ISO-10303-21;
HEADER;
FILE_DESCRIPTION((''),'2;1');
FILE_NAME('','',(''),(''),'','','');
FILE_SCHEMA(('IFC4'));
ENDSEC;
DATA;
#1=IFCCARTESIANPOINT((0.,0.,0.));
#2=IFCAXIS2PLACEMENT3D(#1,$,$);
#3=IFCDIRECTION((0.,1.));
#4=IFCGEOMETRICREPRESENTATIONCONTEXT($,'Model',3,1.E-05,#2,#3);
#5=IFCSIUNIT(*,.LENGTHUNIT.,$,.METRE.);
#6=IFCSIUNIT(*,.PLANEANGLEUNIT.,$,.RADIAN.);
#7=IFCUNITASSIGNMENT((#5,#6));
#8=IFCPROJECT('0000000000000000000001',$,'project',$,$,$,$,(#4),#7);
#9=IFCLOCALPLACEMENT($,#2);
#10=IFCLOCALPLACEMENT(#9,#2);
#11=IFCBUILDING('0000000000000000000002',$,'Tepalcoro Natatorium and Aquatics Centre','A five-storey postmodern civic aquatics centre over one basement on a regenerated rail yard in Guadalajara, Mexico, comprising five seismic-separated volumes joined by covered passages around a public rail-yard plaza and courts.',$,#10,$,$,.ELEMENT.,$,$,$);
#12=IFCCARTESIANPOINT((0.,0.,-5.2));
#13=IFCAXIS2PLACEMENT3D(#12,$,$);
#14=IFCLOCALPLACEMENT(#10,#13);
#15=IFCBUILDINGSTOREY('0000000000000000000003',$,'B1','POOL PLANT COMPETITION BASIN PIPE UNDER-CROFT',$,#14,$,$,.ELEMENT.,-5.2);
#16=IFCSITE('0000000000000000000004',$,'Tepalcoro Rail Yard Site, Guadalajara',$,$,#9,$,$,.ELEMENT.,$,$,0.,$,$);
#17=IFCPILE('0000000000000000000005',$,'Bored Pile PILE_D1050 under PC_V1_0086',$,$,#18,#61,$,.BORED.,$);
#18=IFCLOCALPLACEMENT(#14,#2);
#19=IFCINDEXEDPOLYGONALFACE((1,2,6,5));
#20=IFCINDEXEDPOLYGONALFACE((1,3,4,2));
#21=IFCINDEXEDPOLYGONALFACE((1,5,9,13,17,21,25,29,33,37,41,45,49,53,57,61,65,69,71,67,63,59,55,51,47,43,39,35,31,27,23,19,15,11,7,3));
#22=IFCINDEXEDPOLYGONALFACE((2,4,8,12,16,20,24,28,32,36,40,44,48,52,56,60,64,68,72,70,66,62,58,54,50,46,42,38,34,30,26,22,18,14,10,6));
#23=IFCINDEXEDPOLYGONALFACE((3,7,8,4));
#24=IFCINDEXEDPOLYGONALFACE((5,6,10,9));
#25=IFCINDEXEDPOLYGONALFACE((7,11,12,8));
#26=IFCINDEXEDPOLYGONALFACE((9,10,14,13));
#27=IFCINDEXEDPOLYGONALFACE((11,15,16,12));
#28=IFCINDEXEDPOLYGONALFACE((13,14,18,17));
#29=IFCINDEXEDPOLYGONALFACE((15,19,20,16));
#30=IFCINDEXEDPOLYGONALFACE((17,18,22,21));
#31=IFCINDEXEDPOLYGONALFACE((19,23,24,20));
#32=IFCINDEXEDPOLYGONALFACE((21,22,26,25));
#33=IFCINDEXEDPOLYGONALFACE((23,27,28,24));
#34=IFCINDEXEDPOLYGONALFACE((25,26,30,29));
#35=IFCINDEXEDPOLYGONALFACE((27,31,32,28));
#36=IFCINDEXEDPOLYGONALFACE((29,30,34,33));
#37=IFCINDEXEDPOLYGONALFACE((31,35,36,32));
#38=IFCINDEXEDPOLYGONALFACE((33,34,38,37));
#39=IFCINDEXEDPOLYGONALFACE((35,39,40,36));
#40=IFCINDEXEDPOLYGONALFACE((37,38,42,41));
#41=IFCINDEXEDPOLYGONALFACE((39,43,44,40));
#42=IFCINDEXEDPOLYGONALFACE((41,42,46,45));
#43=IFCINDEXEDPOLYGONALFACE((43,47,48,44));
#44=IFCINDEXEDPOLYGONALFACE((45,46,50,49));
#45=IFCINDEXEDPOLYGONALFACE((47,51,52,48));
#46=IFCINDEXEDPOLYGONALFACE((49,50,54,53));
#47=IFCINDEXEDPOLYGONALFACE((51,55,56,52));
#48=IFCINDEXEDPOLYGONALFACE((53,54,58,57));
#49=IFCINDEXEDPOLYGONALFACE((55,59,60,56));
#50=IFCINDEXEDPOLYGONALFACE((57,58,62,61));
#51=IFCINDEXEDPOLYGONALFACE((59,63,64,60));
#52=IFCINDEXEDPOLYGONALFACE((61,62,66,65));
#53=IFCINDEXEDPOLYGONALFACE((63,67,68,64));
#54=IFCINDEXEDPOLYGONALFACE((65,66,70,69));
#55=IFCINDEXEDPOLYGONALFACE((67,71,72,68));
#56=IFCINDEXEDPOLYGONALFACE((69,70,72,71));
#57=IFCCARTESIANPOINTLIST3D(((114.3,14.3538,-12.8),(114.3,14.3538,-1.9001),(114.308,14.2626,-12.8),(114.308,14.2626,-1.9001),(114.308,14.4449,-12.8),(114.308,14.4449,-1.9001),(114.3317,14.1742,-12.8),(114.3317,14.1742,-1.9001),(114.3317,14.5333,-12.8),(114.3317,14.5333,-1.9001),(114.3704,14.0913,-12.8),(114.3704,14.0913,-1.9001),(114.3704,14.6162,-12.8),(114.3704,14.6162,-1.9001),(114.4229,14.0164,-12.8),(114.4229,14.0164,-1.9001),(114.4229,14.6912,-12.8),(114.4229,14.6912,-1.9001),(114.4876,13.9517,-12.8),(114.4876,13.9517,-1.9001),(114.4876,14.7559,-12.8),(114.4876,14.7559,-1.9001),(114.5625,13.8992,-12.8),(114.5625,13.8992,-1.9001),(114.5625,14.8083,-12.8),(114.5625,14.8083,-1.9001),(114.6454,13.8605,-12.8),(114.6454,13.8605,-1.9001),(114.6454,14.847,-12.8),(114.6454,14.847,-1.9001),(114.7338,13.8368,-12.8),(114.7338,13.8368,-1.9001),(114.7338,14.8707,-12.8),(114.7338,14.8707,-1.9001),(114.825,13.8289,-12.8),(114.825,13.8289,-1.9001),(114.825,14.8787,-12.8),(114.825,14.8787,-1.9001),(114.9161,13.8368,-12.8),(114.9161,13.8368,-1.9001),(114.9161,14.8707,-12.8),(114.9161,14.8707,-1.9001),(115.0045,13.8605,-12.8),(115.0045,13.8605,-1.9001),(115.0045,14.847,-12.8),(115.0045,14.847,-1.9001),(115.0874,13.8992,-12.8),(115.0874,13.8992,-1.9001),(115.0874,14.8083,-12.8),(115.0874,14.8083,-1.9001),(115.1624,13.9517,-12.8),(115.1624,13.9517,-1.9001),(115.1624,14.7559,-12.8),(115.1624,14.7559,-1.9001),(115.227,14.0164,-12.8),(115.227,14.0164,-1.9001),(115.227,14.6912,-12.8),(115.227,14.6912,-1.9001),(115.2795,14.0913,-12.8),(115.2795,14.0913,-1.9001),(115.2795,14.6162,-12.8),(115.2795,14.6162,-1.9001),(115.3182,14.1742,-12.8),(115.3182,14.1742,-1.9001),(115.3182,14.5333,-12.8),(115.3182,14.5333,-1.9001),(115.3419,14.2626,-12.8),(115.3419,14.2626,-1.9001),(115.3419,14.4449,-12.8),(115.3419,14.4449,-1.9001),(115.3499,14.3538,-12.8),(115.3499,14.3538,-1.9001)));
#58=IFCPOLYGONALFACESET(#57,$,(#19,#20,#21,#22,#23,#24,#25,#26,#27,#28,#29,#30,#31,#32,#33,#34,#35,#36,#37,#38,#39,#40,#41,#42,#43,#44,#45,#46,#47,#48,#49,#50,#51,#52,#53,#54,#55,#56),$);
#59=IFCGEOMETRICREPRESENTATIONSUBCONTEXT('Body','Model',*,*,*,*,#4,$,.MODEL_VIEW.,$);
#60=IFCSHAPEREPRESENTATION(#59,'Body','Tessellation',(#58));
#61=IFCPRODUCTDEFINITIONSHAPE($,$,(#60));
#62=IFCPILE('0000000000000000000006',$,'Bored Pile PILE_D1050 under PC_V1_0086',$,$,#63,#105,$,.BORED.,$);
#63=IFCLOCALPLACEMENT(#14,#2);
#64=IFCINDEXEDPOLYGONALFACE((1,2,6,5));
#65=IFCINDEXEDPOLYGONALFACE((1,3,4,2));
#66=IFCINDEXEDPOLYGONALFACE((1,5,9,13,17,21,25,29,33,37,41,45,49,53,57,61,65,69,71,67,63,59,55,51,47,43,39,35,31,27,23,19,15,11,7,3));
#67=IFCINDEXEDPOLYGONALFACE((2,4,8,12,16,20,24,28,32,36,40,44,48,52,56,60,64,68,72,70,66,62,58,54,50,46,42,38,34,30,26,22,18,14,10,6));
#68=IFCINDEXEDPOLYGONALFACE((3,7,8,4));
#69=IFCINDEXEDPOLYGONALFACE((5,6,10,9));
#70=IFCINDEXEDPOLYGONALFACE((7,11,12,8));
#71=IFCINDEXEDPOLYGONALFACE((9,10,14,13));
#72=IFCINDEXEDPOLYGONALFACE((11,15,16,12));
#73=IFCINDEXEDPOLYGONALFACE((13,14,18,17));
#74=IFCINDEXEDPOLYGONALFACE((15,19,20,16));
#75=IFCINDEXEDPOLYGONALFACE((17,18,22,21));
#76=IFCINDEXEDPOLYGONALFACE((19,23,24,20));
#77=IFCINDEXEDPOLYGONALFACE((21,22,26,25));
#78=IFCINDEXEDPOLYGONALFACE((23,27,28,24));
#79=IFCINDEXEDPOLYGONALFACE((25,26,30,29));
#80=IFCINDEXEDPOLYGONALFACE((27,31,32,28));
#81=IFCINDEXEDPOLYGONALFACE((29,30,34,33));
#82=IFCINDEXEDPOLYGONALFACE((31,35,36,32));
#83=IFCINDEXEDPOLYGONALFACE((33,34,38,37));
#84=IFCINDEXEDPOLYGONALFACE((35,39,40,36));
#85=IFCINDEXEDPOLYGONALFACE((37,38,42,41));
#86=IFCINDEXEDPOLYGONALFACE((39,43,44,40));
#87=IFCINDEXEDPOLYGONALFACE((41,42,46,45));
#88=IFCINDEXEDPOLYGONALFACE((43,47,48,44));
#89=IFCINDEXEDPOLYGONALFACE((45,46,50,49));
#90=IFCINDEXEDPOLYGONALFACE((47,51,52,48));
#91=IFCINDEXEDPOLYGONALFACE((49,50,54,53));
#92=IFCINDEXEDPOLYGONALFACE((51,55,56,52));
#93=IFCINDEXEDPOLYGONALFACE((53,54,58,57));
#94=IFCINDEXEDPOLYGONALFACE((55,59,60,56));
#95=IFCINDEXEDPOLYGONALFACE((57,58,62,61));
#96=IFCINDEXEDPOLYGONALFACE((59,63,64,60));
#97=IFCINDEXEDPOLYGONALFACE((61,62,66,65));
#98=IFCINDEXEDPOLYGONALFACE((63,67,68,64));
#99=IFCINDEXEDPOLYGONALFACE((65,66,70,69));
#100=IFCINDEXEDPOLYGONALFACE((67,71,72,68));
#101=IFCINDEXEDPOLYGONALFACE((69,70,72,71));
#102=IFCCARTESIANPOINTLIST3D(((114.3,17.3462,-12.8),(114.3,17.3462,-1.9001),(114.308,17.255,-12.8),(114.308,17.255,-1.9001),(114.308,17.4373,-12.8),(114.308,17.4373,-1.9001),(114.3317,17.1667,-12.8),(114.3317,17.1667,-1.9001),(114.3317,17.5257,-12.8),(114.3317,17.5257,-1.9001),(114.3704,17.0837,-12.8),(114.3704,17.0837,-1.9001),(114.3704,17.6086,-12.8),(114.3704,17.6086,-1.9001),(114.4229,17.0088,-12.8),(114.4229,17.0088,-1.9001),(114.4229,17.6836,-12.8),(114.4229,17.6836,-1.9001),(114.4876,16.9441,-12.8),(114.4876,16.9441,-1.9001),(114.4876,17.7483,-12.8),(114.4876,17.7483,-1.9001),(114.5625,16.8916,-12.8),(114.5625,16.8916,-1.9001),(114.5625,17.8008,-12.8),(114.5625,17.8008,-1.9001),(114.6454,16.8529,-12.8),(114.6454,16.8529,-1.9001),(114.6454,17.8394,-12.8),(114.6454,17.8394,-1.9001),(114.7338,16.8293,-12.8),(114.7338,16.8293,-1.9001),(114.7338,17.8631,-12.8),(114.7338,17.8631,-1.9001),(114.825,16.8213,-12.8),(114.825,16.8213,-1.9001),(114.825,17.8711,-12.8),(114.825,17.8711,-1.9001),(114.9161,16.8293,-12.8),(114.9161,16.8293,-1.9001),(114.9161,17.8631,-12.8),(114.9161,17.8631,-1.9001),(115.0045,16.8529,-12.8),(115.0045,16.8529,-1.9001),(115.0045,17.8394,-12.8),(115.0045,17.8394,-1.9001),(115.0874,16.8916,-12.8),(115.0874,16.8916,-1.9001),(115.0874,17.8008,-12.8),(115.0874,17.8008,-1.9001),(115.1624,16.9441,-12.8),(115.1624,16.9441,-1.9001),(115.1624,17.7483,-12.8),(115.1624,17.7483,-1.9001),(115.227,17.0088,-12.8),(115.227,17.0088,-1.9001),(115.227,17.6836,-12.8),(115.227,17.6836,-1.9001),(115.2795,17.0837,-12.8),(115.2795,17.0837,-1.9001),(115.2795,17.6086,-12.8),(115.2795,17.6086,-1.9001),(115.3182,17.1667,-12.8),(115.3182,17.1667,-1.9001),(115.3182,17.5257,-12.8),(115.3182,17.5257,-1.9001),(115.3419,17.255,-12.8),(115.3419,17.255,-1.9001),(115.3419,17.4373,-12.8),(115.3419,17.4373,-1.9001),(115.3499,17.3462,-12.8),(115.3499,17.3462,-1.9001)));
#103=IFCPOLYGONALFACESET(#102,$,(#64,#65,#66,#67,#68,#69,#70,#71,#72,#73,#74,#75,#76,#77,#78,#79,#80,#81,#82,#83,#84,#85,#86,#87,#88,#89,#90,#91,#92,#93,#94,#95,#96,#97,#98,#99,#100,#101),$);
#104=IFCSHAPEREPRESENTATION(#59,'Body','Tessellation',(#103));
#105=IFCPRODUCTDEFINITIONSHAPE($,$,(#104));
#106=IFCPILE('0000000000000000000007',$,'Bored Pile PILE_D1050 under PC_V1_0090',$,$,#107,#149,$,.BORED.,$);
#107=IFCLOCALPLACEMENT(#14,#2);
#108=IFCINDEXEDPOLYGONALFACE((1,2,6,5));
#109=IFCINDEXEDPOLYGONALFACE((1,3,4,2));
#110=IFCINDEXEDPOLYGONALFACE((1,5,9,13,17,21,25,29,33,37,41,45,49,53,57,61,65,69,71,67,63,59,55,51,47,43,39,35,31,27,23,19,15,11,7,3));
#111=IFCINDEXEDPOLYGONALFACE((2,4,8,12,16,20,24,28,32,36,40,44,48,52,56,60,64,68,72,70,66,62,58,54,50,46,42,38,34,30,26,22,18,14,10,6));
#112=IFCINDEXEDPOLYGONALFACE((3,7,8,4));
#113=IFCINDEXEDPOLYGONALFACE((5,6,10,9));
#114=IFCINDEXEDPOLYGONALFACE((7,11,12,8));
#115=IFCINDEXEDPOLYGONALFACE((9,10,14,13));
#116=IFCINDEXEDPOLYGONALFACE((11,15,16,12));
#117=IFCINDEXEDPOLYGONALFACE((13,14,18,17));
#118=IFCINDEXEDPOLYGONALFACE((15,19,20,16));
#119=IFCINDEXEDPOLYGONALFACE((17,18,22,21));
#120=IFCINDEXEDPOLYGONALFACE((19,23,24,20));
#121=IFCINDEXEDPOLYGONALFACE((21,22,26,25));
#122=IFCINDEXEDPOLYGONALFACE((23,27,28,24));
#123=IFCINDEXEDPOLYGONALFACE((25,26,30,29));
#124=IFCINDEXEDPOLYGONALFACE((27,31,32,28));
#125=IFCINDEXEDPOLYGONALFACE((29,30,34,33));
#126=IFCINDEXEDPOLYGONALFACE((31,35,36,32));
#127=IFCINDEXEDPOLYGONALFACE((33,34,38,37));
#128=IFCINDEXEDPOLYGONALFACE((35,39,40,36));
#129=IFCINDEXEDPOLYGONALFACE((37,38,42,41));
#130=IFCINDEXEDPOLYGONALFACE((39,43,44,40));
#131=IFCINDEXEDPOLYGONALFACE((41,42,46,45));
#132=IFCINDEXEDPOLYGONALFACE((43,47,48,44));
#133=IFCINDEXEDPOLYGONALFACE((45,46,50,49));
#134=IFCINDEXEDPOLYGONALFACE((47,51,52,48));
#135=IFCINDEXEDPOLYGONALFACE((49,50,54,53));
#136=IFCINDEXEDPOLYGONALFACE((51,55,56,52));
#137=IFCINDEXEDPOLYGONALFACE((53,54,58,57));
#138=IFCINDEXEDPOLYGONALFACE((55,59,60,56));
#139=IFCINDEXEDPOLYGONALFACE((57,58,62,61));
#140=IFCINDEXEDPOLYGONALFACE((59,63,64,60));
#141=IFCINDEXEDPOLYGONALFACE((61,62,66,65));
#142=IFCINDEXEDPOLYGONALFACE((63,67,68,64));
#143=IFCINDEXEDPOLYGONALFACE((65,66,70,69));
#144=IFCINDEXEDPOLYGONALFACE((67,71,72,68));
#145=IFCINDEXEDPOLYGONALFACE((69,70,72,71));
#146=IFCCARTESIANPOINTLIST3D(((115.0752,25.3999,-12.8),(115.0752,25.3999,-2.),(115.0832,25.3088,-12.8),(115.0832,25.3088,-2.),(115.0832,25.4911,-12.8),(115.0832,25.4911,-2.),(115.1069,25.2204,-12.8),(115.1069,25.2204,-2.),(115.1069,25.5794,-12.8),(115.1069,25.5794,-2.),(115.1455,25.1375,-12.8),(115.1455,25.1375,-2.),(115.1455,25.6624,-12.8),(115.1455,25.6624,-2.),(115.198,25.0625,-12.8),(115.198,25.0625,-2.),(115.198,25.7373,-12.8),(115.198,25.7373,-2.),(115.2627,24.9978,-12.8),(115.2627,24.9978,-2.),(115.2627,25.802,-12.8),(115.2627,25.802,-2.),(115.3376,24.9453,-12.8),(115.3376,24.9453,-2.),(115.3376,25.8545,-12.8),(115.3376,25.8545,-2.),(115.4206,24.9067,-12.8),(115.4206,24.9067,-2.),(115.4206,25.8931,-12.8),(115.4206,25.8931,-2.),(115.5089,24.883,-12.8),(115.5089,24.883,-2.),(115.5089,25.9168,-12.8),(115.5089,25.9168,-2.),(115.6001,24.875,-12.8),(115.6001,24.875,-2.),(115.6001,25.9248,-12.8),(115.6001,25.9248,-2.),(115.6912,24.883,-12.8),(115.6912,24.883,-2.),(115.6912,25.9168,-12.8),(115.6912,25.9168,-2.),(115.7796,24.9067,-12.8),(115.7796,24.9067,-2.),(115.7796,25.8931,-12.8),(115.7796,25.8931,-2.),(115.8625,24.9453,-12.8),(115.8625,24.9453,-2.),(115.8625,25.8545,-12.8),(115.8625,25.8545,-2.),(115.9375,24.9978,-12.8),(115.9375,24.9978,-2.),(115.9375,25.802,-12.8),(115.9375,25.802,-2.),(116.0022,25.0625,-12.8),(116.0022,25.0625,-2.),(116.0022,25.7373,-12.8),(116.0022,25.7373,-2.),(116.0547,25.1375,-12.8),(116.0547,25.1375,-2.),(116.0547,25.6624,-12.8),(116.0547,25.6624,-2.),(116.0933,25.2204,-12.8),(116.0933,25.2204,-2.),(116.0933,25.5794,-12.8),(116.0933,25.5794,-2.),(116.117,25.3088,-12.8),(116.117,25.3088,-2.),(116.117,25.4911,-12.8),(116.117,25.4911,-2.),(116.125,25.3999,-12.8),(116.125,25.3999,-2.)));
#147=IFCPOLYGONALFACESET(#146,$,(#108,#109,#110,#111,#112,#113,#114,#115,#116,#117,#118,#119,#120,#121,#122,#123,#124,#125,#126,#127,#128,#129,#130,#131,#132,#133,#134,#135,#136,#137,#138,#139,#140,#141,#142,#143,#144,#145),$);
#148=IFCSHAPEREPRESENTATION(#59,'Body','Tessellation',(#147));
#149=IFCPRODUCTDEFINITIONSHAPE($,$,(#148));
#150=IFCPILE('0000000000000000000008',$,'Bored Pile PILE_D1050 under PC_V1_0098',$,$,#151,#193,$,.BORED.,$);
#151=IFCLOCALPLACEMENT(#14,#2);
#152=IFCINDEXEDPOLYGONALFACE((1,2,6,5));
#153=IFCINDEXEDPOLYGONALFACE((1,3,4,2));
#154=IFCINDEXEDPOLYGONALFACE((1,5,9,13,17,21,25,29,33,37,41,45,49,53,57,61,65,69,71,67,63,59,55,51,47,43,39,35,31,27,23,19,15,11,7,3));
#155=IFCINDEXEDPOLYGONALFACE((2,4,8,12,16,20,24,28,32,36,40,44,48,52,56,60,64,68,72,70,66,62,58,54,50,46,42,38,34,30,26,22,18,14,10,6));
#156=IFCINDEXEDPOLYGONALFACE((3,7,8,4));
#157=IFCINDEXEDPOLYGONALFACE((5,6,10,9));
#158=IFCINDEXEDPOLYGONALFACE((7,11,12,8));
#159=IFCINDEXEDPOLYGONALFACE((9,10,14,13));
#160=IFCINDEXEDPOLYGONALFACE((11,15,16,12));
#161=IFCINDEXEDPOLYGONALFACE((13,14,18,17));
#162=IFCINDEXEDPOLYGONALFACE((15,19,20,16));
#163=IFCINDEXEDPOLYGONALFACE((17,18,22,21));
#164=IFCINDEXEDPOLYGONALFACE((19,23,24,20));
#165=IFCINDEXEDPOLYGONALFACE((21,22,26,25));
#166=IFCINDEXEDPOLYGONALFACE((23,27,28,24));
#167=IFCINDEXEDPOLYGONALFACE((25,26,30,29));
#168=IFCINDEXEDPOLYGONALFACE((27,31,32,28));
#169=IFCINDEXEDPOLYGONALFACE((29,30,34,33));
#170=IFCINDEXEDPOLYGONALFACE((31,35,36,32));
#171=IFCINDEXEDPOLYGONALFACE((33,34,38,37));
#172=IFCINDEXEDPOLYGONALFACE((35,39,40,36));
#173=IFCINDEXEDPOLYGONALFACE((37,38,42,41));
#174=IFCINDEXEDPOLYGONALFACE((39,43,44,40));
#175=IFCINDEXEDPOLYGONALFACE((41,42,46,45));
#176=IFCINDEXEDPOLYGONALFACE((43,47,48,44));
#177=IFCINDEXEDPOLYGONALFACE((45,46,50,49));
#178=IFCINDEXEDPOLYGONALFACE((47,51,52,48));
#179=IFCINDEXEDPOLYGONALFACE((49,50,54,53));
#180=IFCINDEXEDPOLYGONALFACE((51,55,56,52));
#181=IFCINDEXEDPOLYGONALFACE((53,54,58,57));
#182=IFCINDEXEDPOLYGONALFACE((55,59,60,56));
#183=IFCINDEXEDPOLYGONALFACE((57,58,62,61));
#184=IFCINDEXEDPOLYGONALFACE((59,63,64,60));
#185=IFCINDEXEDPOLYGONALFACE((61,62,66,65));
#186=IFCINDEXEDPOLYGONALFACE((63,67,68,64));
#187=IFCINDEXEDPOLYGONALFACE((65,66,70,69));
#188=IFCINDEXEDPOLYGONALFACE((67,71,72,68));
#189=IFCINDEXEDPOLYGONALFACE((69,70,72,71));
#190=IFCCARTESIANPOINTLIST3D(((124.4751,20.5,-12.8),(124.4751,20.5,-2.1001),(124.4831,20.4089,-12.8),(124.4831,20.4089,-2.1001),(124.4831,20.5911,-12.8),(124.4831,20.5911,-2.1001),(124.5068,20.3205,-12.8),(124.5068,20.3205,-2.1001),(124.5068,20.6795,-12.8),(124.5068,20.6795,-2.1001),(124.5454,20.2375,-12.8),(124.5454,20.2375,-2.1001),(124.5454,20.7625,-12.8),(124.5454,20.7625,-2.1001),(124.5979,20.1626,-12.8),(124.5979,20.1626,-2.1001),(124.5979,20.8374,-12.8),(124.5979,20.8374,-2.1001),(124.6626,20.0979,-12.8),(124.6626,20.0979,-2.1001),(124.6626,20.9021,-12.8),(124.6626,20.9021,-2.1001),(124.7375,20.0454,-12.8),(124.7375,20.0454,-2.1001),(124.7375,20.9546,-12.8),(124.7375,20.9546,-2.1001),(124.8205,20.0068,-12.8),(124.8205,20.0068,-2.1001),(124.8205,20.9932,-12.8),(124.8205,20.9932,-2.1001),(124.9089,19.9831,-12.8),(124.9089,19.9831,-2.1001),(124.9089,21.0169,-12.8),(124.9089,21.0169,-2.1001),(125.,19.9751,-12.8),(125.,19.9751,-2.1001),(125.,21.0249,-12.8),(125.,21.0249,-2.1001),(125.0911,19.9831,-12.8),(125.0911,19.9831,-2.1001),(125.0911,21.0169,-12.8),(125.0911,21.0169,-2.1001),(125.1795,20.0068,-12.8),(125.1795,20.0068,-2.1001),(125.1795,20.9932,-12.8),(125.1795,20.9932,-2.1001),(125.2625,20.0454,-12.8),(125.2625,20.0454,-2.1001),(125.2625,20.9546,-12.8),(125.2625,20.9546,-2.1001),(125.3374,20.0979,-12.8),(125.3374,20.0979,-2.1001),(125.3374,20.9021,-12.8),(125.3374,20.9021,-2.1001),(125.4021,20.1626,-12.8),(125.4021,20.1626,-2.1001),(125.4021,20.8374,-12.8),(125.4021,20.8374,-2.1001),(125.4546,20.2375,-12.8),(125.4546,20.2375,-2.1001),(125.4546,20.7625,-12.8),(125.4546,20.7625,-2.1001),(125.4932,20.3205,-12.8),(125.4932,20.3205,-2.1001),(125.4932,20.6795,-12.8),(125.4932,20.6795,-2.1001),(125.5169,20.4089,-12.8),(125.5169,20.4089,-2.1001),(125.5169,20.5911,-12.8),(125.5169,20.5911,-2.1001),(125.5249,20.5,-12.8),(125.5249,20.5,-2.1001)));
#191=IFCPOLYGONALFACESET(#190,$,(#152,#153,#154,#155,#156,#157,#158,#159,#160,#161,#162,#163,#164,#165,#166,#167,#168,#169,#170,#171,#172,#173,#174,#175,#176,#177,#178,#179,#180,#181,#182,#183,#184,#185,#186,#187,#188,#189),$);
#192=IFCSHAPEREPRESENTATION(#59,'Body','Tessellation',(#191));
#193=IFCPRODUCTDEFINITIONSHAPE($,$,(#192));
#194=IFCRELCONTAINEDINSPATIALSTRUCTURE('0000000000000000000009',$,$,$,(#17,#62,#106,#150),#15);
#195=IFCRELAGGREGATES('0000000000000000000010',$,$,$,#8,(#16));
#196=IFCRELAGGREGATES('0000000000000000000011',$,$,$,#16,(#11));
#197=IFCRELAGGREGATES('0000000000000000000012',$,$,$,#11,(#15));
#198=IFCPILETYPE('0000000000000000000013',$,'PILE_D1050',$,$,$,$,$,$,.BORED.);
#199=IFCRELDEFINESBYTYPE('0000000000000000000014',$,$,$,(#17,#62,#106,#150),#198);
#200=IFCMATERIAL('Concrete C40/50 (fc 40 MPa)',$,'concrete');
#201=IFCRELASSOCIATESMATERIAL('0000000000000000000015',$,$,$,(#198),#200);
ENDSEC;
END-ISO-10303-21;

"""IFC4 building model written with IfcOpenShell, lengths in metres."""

from ifc_helpers import new_model, si_unit, direction, frame, origin, origin_2d, place, context, subcontext, project, spatial, circle, extrude, material, material_profile, profile_set, type_object, element, save


model = new_model("IFC4")

# Units and contexts
model_context = context("Model", 3, precision=1e-05, world=origin(), true_north=direction((0.0, 1.0)))
body_context = subcontext(model_context, "Body", "Model", "MODEL_VIEW")
ifc_project = project(units=[si_unit("LENGTHUNIT", "METRE"), si_unit("PLANEANGLEUNIT", "RADIAN")], contexts=[model_context])

# Site, building, storey
site_placement = place(None, origin())
site = spatial("IfcSite", under=ifc_project, at=site_placement, Name="Tepalcoro Rail Yard Site, Guadalajara", CompositionType="ELEMENT", RefElevation=0.0)
building_placement = place(site_placement, origin())
building = spatial("IfcBuilding", under=site, at=building_placement, Name="Tepalcoro Natatorium and Aquatics Centre", Description="A five-storey postmodern civic aquatics centre over one basement on a regenerated rail yard in Guadalajara, Mexico, comprising five seismic-separated volumes joined by covered passages around a public rail-yard plaza and courts.", CompositionType="ELEMENT")
storey_placement = place(building_placement, frame((0.0, 0.0, -5.2)))
storey = spatial("IfcBuildingStorey", under=building, at=storey_placement, Name="B1", Description="POOL PLANT COMPETITION BASIN PIPE UNDER-CROFT", CompositionType="ELEMENT", Elevation=-5.2)

# Piles
ifc_material = material(Name="Concrete C40/50 (fc 40 MPa)", Category="concrete")
ifc_material_profile_1 = material_profile(ifc_material, circle(Radius=0.5249, at=origin_2d()), Name="PILE_D1050")
ifc_profile_set_1 = profile_set([ifc_material_profile_1], Name="Concrete C40/50 (fc 40 MPa)")
pile_type_1 = type_object("IfcPileType", Name="PILE_D1050", PredefinedType="BORED", material=ifc_profile_set_1)
for number, where, z_axis, x_axis, name in (
    (1, (114.825, 14.3538, -1.9001), (0.0, 0.0, -1.0), (1.0, 0.0, 0.0), "Bored Pile PILE_D1050 under PC_V1_0086"),
    (2, (114.825, 17.3462, -1.9001), (0.0, 0.0, -1.0), (1.0, 0.0, 0.0), "Bored Pile PILE_D1050 under PC_V1_0086"),
):
    element("IfcPile", number, at=place(storey_placement, frame(where, z_axis=z_axis, x_axis=x_axis)), inside=storey, type_object=pile_type_1, Name=name, PredefinedType="BORED", context=body_context, shape_type="SweptSolid", body=[
        extrude(circle(Radius=0.5249, at=origin_2d()), origin(), (0.0, 0.0, 1.0), 10.8999),
    ])
pile_1_placement = place(storey_placement, frame((115.6001, 25.3999, -2.0), z_axis=(0.0, 0.0, -1.0), x_axis=(1.0, 0.0, 0.0)))
element("IfcPile", 3, at=pile_1_placement, inside=storey, type_object=pile_type_1, Name="Bored Pile PILE_D1050 under PC_V1_0090", PredefinedType="BORED", context=body_context, shape_type="SweptSolid", body=[
    extrude(circle(Radius=0.5249, at=origin_2d()), origin(), (0.0, 0.0, 1.0), 10.8),
])
pile_2_placement = place(storey_placement, frame((125.0, 20.5, -2.1001), z_axis=(0.0, 0.0, -1.0), x_axis=(1.0, 0.0, 0.0)))
element("IfcPile", 4, at=pile_2_placement, inside=storey, type_object=pile_type_1, Name="Bored Pile PILE_D1050 under PC_V1_0098", PredefinedType="BORED", context=body_context, shape_type="SweptSolid", body=[
    extrude(circle(Radius=0.5249, at=origin_2d()), origin(), (0.0, 0.0, 1.0), 10.7),
])

save(model, "model.ifc")
